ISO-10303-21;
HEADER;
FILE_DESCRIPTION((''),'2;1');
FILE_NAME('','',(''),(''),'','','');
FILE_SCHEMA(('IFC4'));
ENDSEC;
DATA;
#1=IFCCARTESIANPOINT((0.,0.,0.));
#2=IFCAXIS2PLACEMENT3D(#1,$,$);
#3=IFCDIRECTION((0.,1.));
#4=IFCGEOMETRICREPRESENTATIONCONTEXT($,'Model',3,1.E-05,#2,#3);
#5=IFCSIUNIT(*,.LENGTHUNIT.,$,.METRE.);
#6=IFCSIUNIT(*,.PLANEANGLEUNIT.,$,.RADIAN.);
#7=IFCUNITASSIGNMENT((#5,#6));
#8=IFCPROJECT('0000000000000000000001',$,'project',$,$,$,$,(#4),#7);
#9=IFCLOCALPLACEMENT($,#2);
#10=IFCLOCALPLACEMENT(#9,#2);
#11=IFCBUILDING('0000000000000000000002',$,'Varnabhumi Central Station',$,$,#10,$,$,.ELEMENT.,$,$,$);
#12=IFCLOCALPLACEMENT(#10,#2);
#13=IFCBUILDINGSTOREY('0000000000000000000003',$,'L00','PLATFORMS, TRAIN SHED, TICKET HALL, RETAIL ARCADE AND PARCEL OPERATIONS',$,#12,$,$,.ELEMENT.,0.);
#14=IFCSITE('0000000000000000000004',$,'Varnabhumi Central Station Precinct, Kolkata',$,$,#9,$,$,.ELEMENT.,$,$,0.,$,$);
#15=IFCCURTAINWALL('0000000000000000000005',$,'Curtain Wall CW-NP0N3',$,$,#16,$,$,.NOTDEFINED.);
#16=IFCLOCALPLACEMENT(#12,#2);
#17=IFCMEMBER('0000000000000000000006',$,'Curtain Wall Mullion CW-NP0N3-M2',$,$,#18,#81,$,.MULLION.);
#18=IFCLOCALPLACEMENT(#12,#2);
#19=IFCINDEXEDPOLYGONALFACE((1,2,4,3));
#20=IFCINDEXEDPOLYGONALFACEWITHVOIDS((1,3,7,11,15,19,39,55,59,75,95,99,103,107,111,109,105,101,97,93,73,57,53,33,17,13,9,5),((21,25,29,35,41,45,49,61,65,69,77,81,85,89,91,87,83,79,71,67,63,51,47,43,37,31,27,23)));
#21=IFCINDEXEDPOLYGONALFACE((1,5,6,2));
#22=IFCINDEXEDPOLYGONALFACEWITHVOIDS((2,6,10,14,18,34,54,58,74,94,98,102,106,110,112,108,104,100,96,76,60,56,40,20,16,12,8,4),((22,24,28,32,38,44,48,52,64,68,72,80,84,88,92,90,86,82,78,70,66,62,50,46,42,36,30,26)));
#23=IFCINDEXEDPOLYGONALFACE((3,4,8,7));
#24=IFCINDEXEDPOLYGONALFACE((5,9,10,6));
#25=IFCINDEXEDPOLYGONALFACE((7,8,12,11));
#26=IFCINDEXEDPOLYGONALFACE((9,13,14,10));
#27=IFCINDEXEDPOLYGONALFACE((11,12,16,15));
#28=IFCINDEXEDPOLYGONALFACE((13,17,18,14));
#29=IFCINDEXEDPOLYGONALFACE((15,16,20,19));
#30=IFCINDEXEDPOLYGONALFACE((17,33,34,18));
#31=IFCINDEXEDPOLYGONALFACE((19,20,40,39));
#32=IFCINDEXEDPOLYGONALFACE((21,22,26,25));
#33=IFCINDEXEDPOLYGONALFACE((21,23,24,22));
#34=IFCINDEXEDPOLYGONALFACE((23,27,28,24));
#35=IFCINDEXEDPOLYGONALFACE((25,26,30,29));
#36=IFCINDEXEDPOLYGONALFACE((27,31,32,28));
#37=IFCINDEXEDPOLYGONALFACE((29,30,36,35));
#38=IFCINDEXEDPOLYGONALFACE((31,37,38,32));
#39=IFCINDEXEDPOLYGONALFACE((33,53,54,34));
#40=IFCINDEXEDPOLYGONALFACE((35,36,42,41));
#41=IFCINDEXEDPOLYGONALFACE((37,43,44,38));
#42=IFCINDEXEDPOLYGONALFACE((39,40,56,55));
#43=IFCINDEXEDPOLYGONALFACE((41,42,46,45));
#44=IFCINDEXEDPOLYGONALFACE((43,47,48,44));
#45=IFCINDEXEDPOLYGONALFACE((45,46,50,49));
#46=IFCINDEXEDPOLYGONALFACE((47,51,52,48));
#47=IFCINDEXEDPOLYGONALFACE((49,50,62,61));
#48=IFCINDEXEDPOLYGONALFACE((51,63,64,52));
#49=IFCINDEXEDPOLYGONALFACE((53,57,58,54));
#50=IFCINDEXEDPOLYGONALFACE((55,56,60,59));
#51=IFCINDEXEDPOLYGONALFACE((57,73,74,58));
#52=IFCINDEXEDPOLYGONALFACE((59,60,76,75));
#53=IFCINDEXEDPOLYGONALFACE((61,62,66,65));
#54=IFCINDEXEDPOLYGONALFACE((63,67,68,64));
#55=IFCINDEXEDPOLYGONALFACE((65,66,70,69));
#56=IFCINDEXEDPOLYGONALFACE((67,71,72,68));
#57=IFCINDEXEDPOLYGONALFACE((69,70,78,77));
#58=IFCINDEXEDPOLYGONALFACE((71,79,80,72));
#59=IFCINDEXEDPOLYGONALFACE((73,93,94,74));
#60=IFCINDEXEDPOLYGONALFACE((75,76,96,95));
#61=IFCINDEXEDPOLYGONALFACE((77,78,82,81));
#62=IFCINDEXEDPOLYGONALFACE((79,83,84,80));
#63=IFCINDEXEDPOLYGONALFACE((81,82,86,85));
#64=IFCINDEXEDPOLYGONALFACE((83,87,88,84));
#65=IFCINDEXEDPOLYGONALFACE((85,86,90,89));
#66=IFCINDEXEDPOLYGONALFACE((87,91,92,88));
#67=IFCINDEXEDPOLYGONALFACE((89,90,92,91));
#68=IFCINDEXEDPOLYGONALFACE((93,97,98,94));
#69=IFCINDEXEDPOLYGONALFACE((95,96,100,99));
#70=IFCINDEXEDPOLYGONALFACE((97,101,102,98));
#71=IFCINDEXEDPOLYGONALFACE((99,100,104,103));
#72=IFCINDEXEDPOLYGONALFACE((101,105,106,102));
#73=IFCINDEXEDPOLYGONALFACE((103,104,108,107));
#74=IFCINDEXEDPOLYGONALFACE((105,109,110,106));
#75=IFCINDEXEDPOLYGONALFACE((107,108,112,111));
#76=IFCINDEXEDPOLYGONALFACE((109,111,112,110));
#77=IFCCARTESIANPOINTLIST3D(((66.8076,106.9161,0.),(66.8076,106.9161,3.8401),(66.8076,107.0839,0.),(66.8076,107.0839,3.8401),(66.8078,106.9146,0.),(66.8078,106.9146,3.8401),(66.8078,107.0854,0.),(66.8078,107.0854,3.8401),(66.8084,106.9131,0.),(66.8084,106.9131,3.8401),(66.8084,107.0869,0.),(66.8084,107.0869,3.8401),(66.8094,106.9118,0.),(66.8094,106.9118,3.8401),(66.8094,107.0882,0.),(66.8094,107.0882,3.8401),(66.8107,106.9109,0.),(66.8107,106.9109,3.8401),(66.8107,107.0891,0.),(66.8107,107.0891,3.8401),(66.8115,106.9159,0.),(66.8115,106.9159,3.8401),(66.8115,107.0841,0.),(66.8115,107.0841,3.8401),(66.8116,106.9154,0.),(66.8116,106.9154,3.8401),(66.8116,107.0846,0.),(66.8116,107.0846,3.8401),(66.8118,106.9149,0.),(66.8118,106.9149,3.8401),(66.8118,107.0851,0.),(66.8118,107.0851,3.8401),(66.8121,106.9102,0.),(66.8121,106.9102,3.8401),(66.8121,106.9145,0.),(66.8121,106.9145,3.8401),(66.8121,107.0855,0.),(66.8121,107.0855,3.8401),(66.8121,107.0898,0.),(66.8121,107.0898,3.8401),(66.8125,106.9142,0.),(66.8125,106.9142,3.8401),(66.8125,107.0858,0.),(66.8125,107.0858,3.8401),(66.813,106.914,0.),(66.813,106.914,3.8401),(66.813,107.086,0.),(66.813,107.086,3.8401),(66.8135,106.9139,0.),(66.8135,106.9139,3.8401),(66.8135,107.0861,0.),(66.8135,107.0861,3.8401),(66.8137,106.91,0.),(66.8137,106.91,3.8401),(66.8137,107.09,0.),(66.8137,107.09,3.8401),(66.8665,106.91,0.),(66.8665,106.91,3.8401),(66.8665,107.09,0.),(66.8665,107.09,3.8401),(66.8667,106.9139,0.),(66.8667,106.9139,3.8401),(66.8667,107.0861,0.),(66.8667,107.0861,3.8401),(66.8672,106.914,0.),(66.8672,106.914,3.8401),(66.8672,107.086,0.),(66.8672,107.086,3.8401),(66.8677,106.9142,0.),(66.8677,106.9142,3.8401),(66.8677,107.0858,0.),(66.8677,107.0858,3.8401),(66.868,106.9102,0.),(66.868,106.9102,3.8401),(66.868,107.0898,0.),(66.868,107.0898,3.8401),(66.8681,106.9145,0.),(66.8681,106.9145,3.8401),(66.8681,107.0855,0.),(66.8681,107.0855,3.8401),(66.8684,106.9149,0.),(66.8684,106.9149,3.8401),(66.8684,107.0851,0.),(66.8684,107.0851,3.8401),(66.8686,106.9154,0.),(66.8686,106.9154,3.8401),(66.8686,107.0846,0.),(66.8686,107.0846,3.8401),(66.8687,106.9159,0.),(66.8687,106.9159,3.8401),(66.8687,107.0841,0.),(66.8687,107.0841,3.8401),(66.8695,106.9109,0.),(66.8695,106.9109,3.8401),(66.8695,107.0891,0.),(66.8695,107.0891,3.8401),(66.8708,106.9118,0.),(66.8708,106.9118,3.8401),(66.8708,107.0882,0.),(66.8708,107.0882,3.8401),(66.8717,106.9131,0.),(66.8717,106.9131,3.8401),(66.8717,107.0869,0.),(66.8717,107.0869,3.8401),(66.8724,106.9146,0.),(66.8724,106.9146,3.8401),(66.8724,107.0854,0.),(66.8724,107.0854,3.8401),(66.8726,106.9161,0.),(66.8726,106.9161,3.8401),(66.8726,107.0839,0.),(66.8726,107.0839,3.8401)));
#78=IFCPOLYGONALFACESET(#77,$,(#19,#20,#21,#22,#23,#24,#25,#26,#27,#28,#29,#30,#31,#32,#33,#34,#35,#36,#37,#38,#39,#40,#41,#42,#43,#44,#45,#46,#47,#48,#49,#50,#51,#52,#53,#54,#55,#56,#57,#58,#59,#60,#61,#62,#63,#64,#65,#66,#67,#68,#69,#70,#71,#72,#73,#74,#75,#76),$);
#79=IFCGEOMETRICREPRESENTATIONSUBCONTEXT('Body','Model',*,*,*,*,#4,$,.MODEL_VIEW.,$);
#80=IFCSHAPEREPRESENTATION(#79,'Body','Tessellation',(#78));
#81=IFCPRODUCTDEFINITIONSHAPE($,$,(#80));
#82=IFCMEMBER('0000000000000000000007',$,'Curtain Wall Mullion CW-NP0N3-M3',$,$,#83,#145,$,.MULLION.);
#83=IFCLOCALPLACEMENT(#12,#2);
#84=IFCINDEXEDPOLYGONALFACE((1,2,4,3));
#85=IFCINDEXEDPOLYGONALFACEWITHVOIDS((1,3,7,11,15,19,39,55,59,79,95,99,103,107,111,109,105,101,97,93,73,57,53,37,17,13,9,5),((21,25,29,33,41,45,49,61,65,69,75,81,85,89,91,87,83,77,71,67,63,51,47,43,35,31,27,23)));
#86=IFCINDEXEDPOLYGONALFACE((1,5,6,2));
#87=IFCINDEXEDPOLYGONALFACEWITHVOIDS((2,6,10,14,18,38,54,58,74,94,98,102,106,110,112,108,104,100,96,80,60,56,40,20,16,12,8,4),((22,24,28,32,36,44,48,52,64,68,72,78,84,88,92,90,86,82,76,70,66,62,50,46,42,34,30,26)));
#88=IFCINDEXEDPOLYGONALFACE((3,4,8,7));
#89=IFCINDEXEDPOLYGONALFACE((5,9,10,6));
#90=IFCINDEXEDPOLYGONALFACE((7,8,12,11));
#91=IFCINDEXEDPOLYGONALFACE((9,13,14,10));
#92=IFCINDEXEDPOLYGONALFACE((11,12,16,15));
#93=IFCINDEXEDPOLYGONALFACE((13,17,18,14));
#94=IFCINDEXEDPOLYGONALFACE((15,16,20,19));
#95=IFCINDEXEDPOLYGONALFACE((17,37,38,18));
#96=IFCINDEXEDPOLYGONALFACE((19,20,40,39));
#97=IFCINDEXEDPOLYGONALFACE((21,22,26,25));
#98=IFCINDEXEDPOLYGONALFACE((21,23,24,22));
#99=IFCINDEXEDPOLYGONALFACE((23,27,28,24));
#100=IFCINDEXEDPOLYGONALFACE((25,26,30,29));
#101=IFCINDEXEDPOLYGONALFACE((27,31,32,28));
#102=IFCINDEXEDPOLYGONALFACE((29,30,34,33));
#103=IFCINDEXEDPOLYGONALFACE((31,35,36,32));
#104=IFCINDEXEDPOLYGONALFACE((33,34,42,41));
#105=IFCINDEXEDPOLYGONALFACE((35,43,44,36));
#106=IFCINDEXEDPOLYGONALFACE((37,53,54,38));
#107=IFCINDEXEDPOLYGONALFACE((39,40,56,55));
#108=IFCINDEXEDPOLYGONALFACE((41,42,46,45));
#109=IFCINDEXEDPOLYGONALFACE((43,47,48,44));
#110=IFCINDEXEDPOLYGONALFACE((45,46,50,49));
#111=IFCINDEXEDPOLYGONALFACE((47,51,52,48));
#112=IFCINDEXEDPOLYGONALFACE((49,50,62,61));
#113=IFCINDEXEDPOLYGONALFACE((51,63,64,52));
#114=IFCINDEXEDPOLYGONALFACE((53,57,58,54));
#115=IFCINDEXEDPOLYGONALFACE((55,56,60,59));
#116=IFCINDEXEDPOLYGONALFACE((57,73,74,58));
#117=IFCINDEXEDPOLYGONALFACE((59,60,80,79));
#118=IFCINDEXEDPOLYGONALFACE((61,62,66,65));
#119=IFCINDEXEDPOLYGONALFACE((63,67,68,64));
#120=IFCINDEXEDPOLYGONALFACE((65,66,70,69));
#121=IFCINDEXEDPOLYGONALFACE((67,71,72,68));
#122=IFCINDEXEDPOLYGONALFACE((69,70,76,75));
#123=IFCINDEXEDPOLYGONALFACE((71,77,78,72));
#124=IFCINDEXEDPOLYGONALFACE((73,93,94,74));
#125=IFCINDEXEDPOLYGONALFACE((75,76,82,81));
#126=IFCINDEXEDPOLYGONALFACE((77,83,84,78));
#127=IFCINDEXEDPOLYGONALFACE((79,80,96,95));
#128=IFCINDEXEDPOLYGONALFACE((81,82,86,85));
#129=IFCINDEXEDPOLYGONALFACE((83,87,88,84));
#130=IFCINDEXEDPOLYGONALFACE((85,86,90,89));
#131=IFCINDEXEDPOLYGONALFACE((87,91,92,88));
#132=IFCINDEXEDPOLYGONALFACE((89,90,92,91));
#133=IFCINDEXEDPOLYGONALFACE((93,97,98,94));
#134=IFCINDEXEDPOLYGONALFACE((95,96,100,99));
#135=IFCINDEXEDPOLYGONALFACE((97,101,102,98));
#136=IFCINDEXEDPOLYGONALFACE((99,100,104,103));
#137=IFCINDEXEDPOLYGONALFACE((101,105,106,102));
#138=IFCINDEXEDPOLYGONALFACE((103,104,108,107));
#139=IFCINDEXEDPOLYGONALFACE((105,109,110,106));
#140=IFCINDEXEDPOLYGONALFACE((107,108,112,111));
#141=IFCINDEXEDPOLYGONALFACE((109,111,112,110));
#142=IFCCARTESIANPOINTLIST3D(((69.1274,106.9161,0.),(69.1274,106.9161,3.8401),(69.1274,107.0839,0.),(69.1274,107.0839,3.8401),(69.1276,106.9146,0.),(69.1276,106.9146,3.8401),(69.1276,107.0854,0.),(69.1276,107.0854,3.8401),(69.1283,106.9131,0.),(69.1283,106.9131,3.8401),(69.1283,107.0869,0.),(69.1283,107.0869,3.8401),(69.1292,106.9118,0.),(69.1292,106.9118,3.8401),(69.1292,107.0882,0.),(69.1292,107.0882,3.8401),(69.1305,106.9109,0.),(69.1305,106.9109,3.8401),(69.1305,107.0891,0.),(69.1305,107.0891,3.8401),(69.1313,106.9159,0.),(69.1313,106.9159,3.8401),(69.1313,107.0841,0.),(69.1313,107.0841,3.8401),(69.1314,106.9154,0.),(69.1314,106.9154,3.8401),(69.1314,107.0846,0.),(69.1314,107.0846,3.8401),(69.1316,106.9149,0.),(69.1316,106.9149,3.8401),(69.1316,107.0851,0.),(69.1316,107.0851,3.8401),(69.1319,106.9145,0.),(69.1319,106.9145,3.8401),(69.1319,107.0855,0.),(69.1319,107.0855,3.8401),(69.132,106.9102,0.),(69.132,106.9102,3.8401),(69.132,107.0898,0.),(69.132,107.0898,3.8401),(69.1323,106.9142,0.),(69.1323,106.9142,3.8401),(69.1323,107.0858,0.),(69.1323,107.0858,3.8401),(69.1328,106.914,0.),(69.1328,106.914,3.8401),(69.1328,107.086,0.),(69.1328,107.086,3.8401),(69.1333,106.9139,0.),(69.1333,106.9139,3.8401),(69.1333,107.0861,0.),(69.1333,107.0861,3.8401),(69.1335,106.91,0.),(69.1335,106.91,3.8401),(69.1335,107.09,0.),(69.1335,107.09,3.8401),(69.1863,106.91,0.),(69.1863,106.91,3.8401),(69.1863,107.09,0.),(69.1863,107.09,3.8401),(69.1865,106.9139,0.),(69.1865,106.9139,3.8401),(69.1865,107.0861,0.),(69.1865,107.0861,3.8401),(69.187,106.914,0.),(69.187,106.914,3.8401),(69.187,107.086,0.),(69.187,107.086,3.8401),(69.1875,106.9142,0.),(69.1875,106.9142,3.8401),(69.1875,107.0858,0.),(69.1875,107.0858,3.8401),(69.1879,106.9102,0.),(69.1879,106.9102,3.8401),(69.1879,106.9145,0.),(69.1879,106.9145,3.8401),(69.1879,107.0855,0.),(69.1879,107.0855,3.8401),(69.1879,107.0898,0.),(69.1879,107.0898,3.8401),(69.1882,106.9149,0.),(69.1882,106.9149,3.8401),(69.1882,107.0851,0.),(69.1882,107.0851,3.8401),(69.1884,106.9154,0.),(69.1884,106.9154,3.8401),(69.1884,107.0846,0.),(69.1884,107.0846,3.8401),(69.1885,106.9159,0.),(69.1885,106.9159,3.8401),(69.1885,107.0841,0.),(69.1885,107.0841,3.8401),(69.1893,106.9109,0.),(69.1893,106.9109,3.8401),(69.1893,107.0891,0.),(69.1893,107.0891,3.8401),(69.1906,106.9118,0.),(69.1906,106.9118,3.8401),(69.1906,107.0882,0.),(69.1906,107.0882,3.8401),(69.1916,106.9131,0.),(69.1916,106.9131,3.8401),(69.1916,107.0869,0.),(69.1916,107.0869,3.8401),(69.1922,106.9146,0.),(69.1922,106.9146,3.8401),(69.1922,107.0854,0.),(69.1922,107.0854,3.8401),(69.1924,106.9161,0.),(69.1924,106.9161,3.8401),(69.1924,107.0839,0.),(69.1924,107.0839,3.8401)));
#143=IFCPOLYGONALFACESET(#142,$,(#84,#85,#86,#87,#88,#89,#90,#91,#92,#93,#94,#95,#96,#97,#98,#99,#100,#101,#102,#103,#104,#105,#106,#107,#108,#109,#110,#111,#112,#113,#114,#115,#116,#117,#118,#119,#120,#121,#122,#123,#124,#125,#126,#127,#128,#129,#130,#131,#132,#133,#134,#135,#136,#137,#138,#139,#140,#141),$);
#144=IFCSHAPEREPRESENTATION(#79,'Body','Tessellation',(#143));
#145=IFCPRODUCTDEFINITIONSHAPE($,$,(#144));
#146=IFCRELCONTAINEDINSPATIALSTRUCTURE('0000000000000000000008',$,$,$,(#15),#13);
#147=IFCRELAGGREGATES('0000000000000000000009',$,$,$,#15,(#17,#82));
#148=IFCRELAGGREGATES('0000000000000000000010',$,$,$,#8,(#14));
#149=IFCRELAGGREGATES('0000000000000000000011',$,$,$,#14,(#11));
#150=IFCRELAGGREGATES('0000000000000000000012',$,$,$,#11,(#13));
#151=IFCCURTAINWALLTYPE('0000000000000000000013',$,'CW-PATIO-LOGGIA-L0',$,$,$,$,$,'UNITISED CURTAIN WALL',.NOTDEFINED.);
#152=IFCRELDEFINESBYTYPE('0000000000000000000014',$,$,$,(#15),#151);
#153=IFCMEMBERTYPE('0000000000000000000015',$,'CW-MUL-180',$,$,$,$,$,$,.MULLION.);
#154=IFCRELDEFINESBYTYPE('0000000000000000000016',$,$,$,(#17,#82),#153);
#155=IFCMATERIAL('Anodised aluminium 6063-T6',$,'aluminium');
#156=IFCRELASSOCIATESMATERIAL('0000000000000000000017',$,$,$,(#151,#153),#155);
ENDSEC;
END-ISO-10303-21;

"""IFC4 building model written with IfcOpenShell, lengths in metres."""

from ifc_helpers import new_model, si_unit, direction, frame, origin, origin_2d, place, context, subcontext, project, spatial, hollow_rectangle, extrude, material, material_profile, profile_set, type_object, element, aggregate, save


model = new_model("IFC4")

# Units and contexts
model_context = context("Model", 3, precision=1e-05, world=origin(), true_north=direction((0.0, 1.0)))
body_context = subcontext(model_context, "Body", "Model", "MODEL_VIEW")
ifc_project = project(units=[si_unit("LENGTHUNIT", "METRE"), si_unit("PLANEANGLEUNIT", "RADIAN")], contexts=[model_context])

# Site, building, storey
site_placement = place(None, origin())
site = spatial("IfcSite", under=ifc_project, at=site_placement, Name="Varnabhumi Central Station Precinct, Kolkata", CompositionType="ELEMENT", RefElevation=0.0)
building_placement = place(site_placement, origin())
building = spatial("IfcBuilding", under=site, at=building_placement, Name="Varnabhumi Central Station", CompositionType="ELEMENT")
storey_placement = place(building_placement, origin())
storey = spatial("IfcBuildingStorey", under=building, at=storey_placement, Name="L00", Description="PLATFORMS, TRAIN SHED, TICKET HALL, RETAIL ARCADE AND PARCEL OPERATIONS", CompositionType="ELEMENT", Elevation=0.0)

# Shared definitions
ifc_material_1 = material(Name="Anodised aluminium 6063-T6", Category="aluminium")
curtain_wall_type = type_object("IfcCurtainWallType", Name="CW-PATIO-LOGGIA-L0", ElementType="UNITISED CURTAIN WALL", PredefinedType="NOTDEFINED", material=ifc_material_1)
ifc_material_profile_1 = material_profile(ifc_material_1, hollow_rectangle(XDim=0.0649, YDim=0.1799, WallThickness=0.0039, InnerFilletRadius=0.002, OuterFilletRadius=0.0061, at=origin_2d()), Name="Anodised aluminium 6063-T6", Category="aluminium")
ifc_profile_set_1 = profile_set([ifc_material_profile_1], Name="Anodised aluminium 6063-T6")
member_type_1 = type_object("IfcMemberType", Name="CW-MUL-180", PredefinedType="MULLION", material=ifc_profile_set_1)

# Curtain wall, members
curtain_wall_1_placement = place(storey_placement, origin())
curtain_wall_1 = element("IfcCurtainWall", 1, at=curtain_wall_1_placement, inside=storey, type_object=curtain_wall_type, Name="Curtain Wall CW-NP0N3", PredefinedType="NOTDEFINED")
member_1_placement = place(storey_placement, frame((66.8401, 107.0, 0.0), z_axis=(0.0, 0.0, 1.0), x_axis=(1.0, 0.0, 0.0)))
member_1 = element("IfcMember", 2, at=member_1_placement, type_object=member_type_1, Name="Curtain Wall Mullion CW-NP0N3-M2", PredefinedType="MULLION", context=body_context, shape_type="SweptSolid", body=[
    extrude(hollow_rectangle(XDim=0.0649, YDim=0.1799, WallThickness=0.0039, InnerFilletRadius=0.002, OuterFilletRadius=0.0061, at=origin_2d()), origin(), (0.0, 0.0, 1.0), 3.8401),
])
member_2_placement = place(storey_placement, frame((69.1599, 107.0, 0.0), z_axis=(0.0, 0.0, 1.0), x_axis=(1.0, 0.0, 0.0)))
member_2 = element("IfcMember", 3, at=member_2_placement, type_object=member_type_1, Name="Curtain Wall Mullion CW-NP0N3-M3", PredefinedType="MULLION", context=body_context, shape_type="SweptSolid", body=[
    extrude(hollow_rectangle(XDim=0.0649, YDim=0.1799, WallThickness=0.0039, InnerFilletRadius=0.002, OuterFilletRadius=0.0061, at=origin_2d()), origin(), (0.0, 0.0, 1.0), 3.8401),
])

aggregate(curtain_wall_1, [member_1, member_2])

save(model, "model.ifc")
